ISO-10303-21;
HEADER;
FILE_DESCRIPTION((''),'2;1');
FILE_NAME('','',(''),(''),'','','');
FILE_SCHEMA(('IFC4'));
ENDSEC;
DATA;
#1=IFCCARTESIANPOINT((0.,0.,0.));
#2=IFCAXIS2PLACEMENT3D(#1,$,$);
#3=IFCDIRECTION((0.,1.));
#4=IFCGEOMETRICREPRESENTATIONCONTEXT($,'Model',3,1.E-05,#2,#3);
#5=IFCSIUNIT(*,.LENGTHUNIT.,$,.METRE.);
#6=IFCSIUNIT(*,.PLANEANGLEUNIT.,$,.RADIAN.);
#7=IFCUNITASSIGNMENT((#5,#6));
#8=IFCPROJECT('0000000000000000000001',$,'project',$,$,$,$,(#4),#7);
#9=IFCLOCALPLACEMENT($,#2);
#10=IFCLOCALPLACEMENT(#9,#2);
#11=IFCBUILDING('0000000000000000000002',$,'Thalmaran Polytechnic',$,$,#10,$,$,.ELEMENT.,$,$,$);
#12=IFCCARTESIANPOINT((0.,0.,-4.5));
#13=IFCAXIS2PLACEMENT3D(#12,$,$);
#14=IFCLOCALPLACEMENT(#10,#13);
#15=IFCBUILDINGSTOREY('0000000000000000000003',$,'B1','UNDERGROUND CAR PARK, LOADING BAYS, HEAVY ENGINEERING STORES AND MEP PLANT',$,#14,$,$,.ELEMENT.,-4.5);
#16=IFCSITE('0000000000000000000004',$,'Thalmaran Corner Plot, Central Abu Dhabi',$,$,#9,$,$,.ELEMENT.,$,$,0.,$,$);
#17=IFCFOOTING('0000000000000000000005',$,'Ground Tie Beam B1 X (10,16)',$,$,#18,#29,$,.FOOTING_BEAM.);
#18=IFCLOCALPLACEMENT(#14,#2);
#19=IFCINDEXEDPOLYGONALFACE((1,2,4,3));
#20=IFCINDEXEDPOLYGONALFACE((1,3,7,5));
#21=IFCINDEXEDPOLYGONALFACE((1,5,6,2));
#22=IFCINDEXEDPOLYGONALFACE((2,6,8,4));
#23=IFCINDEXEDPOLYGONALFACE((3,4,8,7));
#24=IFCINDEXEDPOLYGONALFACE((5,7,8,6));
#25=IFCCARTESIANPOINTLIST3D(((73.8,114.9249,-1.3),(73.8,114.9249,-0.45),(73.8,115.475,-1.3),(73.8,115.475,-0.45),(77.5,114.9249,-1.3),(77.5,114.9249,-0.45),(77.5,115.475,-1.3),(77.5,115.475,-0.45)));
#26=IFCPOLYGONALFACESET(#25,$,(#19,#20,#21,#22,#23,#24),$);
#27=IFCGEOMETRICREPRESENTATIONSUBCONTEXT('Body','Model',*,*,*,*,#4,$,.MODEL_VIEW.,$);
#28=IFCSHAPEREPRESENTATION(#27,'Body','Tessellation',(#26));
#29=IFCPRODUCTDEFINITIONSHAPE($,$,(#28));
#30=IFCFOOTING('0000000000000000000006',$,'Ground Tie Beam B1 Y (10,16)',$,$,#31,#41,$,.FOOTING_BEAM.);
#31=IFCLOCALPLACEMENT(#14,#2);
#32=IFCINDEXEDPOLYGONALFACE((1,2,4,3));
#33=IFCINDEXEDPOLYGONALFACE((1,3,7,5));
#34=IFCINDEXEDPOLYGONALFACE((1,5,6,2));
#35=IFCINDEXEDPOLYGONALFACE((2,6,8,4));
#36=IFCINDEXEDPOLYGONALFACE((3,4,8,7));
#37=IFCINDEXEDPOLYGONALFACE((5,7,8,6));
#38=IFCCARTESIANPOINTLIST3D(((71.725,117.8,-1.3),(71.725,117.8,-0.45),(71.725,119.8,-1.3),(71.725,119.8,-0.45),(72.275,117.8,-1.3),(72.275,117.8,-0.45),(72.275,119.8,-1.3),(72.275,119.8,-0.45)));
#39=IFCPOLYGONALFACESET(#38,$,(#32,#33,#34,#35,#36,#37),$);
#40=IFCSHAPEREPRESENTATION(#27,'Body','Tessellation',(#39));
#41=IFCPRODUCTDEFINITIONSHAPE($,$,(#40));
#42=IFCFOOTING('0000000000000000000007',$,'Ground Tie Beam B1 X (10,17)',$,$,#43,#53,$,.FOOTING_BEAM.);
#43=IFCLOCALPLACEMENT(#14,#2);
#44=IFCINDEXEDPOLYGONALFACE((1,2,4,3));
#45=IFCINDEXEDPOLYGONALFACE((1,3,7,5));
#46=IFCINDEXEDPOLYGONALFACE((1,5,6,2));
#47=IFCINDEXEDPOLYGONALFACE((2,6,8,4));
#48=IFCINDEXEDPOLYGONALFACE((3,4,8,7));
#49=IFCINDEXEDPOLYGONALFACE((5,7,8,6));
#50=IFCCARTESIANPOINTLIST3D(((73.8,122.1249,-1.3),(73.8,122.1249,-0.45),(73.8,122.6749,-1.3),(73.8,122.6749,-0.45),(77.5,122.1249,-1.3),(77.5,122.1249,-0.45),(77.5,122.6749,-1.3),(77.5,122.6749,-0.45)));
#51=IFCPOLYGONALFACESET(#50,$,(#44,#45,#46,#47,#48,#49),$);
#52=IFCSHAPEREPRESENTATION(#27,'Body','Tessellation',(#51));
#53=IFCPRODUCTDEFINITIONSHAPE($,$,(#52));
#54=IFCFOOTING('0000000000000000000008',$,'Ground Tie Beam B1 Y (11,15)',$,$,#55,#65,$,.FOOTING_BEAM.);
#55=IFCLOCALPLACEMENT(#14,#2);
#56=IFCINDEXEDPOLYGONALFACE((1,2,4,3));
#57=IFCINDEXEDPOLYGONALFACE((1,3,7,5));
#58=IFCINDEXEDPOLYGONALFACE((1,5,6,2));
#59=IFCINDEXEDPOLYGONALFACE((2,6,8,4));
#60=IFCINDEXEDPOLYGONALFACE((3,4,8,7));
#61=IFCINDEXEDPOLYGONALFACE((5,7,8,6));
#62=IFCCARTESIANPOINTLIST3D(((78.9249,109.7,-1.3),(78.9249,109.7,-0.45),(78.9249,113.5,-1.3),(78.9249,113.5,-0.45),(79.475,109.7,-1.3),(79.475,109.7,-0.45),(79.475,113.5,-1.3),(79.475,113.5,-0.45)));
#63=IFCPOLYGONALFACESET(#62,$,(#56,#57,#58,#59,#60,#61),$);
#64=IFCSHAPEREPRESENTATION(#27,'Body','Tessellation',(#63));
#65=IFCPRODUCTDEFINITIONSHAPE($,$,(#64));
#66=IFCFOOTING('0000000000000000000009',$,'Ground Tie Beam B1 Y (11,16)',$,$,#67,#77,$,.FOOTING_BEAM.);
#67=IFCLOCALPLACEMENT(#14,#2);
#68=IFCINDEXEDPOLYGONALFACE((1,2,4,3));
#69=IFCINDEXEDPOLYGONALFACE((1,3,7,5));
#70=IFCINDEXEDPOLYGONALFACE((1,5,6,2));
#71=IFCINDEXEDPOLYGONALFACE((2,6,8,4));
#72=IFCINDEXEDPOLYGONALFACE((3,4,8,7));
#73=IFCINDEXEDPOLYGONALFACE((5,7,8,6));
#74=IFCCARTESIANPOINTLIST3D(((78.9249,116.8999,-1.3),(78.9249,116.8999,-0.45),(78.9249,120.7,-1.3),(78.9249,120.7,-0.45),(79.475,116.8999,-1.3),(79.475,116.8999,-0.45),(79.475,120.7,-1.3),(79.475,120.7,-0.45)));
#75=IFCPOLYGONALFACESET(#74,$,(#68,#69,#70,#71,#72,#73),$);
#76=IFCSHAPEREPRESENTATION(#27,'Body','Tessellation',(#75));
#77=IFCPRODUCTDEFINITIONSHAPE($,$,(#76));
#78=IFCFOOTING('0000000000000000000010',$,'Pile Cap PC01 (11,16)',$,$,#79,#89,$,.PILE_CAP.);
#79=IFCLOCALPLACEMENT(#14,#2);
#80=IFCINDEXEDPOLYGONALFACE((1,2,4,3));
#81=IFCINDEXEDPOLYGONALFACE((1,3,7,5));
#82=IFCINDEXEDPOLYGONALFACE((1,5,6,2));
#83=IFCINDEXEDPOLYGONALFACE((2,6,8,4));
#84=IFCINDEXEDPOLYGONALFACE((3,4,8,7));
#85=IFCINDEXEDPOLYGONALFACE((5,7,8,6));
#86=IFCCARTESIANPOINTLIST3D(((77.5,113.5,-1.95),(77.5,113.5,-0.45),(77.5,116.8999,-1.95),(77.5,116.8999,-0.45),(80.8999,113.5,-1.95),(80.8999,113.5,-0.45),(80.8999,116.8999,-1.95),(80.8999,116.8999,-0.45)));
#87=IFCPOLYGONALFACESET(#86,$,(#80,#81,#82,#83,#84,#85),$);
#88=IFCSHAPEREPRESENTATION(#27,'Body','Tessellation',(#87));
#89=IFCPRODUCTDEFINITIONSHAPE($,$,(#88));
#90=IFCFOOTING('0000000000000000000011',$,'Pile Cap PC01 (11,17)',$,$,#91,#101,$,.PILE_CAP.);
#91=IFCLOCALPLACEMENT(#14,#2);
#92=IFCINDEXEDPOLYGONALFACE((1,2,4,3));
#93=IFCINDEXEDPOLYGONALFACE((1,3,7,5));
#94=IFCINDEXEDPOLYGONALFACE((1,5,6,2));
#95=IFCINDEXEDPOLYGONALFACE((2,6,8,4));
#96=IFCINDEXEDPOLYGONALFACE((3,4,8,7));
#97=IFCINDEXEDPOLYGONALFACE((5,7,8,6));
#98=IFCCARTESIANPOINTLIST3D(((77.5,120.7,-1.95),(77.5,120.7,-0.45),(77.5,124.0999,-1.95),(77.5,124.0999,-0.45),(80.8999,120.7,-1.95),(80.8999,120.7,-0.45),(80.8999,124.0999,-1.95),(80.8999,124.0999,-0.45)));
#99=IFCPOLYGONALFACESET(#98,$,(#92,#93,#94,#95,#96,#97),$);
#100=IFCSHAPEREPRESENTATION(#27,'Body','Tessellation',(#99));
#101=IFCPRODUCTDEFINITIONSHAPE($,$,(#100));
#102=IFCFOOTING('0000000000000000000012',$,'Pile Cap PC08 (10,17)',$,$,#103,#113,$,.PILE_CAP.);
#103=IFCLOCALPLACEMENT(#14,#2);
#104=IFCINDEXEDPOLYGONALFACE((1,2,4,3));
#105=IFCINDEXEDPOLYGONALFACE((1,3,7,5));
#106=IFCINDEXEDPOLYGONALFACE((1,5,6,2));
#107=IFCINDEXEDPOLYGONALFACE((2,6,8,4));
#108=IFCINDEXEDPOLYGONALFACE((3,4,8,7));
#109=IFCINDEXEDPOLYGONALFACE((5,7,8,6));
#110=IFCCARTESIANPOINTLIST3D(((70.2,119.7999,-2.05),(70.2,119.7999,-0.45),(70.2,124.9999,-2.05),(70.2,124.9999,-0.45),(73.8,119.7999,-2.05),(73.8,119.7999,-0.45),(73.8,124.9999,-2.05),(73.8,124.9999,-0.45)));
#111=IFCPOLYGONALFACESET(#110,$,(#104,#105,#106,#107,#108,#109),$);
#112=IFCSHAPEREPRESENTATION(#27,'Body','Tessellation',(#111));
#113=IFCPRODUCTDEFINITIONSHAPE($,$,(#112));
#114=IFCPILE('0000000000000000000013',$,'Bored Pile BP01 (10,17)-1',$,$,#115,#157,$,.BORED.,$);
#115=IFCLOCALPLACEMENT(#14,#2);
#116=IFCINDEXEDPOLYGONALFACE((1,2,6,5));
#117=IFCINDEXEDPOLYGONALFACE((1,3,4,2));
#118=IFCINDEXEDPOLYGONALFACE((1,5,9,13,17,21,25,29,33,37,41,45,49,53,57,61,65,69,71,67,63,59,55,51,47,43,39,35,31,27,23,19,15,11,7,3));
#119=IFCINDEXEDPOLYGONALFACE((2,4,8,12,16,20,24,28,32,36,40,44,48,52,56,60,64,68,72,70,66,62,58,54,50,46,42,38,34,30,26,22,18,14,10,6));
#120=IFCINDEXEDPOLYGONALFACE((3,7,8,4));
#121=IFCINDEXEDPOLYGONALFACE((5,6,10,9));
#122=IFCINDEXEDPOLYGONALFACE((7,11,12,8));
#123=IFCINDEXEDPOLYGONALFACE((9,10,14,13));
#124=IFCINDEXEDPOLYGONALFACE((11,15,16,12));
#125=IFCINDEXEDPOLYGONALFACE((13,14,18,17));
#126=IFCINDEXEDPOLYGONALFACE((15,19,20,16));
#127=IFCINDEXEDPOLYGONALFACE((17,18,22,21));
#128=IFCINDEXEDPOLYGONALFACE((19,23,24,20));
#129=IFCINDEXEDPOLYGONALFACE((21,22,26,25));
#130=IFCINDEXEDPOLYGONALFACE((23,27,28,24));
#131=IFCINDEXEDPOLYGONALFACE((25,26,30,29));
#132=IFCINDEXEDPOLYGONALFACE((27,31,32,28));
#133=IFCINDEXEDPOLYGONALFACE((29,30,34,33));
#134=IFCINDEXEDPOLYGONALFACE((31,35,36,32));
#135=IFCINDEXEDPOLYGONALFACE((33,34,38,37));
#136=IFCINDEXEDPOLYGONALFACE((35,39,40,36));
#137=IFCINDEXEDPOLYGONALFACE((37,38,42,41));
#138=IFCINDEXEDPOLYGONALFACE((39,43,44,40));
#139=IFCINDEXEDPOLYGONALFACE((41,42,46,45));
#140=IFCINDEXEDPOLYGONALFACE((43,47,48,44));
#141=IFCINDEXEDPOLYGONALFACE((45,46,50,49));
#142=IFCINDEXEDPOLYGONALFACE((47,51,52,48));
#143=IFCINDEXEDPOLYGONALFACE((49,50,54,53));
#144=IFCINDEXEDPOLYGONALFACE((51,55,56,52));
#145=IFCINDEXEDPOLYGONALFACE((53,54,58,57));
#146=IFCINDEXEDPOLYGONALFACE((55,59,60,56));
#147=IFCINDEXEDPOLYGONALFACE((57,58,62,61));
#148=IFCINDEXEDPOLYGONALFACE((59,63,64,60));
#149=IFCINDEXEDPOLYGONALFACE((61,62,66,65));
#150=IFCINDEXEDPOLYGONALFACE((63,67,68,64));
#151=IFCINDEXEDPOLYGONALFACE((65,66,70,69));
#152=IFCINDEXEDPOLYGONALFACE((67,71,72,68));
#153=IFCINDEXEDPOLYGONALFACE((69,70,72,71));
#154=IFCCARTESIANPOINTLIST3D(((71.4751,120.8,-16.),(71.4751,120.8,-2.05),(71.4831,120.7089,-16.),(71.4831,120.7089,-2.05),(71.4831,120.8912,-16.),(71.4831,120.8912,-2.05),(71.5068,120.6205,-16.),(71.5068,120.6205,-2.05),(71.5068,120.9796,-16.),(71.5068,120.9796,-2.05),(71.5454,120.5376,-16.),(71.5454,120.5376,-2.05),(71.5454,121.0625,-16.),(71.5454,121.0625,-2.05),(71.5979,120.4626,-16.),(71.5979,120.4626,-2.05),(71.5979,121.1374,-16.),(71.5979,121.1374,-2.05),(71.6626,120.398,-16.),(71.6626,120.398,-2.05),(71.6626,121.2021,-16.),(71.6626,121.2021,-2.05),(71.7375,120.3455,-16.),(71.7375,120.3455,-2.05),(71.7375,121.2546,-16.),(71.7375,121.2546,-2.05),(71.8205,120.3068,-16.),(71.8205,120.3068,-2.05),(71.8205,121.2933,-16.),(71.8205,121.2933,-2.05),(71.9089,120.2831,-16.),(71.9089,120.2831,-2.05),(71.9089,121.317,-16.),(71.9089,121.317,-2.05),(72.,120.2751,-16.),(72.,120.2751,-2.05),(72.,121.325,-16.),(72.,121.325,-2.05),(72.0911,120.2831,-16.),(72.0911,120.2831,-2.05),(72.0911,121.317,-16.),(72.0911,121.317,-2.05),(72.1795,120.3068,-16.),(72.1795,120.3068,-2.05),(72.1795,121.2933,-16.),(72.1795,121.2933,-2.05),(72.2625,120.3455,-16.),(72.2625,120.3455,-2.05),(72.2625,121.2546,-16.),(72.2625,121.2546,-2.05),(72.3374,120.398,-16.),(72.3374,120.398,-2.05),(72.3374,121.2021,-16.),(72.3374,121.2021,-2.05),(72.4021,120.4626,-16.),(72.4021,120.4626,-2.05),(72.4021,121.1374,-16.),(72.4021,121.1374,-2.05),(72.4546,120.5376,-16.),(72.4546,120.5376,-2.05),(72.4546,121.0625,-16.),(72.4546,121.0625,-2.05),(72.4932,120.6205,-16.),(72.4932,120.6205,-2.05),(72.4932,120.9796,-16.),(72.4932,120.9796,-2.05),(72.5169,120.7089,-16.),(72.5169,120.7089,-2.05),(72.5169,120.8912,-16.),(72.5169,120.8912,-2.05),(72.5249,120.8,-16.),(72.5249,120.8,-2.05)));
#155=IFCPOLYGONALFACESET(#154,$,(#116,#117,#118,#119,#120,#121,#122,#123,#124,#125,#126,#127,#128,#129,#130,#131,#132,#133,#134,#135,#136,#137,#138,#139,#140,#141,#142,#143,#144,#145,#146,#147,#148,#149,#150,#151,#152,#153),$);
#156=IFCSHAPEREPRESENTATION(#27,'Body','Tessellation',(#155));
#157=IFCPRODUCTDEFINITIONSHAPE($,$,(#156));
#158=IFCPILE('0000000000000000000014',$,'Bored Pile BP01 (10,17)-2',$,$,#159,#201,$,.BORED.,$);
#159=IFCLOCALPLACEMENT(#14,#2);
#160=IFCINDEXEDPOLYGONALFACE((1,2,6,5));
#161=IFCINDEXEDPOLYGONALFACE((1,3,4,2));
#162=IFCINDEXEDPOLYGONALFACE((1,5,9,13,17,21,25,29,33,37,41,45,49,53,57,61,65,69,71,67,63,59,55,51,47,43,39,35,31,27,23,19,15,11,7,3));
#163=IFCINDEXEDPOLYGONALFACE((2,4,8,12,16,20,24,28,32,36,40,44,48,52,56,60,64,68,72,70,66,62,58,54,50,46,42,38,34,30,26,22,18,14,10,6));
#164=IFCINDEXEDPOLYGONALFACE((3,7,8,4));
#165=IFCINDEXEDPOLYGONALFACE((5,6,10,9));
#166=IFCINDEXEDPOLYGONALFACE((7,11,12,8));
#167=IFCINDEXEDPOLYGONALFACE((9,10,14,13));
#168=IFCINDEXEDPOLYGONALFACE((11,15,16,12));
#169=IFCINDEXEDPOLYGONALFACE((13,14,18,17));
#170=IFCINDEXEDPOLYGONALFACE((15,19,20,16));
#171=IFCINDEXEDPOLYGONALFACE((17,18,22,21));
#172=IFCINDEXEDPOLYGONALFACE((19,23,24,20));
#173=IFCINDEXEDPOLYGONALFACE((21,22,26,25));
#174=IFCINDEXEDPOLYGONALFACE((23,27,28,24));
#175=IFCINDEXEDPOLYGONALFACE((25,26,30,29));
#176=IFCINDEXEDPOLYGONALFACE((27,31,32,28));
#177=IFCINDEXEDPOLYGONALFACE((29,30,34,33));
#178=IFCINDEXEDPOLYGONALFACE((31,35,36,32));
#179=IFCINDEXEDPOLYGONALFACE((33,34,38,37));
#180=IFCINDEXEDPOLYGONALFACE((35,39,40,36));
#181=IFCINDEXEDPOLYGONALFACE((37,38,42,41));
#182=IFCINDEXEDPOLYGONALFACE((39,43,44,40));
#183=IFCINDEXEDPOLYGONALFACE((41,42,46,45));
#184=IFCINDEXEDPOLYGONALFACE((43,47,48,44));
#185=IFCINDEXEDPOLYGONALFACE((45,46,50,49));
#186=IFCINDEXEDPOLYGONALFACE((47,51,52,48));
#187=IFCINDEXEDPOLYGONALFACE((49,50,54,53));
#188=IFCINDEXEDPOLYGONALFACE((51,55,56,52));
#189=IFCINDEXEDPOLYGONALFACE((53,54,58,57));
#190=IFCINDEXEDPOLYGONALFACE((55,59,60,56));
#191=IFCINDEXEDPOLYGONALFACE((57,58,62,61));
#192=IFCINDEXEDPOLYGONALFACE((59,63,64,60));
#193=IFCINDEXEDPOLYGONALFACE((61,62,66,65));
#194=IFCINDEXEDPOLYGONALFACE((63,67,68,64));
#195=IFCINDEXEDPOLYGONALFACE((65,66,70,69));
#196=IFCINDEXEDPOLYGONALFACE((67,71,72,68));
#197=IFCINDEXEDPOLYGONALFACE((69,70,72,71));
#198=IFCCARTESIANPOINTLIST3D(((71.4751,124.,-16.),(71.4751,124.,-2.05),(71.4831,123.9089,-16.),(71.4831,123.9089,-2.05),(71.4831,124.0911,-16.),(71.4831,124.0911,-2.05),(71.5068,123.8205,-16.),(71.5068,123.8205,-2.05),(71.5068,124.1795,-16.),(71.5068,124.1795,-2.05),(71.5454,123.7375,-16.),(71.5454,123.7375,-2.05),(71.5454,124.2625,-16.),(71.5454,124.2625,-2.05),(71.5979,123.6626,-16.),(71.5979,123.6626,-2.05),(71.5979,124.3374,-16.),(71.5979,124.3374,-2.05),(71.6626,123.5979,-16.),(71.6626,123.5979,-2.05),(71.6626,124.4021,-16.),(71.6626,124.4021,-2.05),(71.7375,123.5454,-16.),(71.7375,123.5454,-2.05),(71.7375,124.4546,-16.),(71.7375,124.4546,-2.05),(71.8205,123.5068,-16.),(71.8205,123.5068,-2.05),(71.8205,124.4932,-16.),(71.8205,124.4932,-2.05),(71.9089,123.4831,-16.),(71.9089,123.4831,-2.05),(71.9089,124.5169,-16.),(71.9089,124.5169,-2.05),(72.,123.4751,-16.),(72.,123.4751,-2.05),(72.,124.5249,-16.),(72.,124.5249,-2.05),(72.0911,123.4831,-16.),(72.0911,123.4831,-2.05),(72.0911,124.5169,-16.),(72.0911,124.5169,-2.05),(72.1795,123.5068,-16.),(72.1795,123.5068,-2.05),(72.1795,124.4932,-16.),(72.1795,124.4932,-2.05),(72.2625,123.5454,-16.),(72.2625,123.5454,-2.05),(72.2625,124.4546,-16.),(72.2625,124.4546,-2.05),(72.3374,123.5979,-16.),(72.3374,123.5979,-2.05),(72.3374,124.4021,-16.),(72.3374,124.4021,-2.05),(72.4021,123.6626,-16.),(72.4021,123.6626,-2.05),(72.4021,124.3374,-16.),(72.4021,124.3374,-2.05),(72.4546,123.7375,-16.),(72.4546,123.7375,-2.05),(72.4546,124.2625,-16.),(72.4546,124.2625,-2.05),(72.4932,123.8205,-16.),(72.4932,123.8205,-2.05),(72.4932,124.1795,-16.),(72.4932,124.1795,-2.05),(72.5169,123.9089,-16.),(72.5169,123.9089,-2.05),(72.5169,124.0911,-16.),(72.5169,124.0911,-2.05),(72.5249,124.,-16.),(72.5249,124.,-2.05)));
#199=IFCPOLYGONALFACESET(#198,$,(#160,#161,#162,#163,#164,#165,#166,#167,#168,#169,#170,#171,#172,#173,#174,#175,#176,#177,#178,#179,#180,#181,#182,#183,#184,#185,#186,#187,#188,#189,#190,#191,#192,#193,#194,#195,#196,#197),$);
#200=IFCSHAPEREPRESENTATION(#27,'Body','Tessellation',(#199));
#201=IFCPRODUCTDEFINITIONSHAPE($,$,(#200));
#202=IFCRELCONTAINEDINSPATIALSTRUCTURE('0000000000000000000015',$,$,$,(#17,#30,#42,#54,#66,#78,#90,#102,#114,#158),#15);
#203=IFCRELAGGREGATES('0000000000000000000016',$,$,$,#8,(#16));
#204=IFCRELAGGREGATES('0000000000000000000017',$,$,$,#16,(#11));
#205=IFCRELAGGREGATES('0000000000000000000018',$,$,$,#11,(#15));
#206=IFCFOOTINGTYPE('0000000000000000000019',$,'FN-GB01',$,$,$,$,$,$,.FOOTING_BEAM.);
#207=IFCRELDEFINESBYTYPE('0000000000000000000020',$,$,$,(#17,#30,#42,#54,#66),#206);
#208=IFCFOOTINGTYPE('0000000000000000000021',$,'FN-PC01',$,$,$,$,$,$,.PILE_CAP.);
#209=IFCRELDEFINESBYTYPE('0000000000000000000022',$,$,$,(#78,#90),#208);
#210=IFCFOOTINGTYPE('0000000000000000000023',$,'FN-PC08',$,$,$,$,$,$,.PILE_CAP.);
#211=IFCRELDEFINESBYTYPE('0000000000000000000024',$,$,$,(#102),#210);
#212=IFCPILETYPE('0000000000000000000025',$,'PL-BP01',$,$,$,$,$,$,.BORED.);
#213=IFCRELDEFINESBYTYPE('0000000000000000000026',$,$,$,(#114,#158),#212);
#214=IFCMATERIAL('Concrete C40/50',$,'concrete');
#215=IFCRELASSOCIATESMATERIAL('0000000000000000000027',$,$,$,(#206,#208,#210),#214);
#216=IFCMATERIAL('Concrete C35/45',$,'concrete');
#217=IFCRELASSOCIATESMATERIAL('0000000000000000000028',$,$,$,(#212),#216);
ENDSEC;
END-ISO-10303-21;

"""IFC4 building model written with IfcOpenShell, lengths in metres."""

from ifc_helpers import new_model, si_unit, direction, frame, origin, origin_2d, place, context, subcontext, project, spatial, rectangle, circle, extrude, material, material_profile, profile_set, type_object, element, save


model = new_model("IFC4")

# Units and contexts
model_context = context("Model", 3, precision=1e-05, world=origin(), true_north=direction((0.0, 1.0)))
body_context = subcontext(model_context, "Body", "Model", "MODEL_VIEW")
ifc_project = project(units=[si_unit("LENGTHUNIT", "METRE"), si_unit("PLANEANGLEUNIT", "RADIAN")], contexts=[model_context])

# Site, building, storey
site_placement = place(None, origin())
site = spatial("IfcSite", under=ifc_project, at=site_placement, Name="Thalmaran Corner Plot, Central Abu Dhabi", CompositionType="ELEMENT", RefElevation=0.0)
building_placement = place(site_placement, origin())
building = spatial("IfcBuilding", under=site, at=building_placement, Name="Thalmaran Polytechnic", CompositionType="ELEMENT")
storey_placement = place(building_placement, frame((0.0, 0.0, -4.5)))
storey = spatial("IfcBuildingStorey", under=building, at=storey_placement, Name="B1", Description="UNDERGROUND CAR PARK, LOADING BAYS, HEAVY ENGINEERING STORES AND MEP PLANT", CompositionType="ELEMENT", Elevation=-4.5)

# Footings
ifc_material_1 = material(Name="Concrete C40/50", Category="concrete")
ifc_material_profile_1 = material_profile(ifc_material_1, rectangle(XDim=0.55, YDim=0.8501, at=origin_2d()), Name="RC 550x850")
ifc_profile_set_1 = profile_set([ifc_material_profile_1], Name="Concrete C40/50")
footing_type_1 = type_object("IfcFootingType", Name="FN-GB01", PredefinedType="FOOTING_BEAM", material=ifc_profile_set_1)
footing_1_placement = place(storey_placement, frame((73.8, 115.2, -0.875), z_axis=(1.0, 0.0, 0.0), x_axis=(0.0, 1.0, 0.0)))
element("IfcFooting", 1, at=footing_1_placement, inside=storey, type_object=footing_type_1, Name="Ground Tie Beam B1 X (10,16)", PredefinedType="FOOTING_BEAM", context=body_context, shape_type="SweptSolid", body=[
    extrude(rectangle(XDim=0.55, YDim=0.8501, at=origin_2d()), origin(), (0.0, 0.0, 1.0), 3.7),
])
footing_2_placement = place(storey_placement, frame((72.0, 117.8, -0.875), z_axis=(0.0, 1.0, 0.0), x_axis=(-1.0, 0.0, 0.0)))
element("IfcFooting", 2, at=footing_2_placement, inside=storey, type_object=footing_type_1, Name="Ground Tie Beam B1 Y (10,16)", PredefinedType="FOOTING_BEAM", context=body_context, shape_type="SweptSolid", body=[
    extrude(rectangle(XDim=0.55, YDim=0.8501, at=origin_2d()), origin(), (0.0, 0.0, 1.0), 2.0),
])
footing_3_placement = place(storey_placement, frame((73.8, 122.3999, -0.875), z_axis=(1.0, 0.0, 0.0), x_axis=(0.0, 1.0, 0.0)))
element("IfcFooting", 3, at=footing_3_placement, inside=storey, type_object=footing_type_1, Name="Ground Tie Beam B1 X (10,17)", PredefinedType="FOOTING_BEAM", context=body_context, shape_type="SweptSolid", body=[
    extrude(rectangle(XDim=0.55, YDim=0.8501, at=origin_2d()), origin(), (0.0, 0.0, 1.0), 3.7),
])
for number, where, z_axis, x_axis, name in (
    (4, (79.2, 109.7, -0.875), (0.0, 1.0, 0.0), (-1.0, 0.0, 0.0), "Ground Tie Beam B1 Y (11,15)"),
    (5, (79.2, 116.8999, -0.875), (0.0, 1.0, 0.0), (-1.0, 0.0, 0.0), "Ground Tie Beam B1 Y (11,16)"),
):
    element("IfcFooting", number, at=place(storey_placement, frame(where, z_axis=z_axis, x_axis=x_axis)), inside=storey, type_object=footing_type_1, Name=name, PredefinedType="FOOTING_BEAM", context=body_context, shape_type="SweptSolid", body=[
        extrude(rectangle(XDim=0.55, YDim=0.8501, at=origin_2d()), origin(), (0.0, 0.0, 1.0), 3.8),
    ])
footing_type_2 = type_object("IfcFootingType", Name="FN-PC01", PredefinedType="PILE_CAP", material=ifc_material_1)
for number, where, z_axis, x_axis, name in (
    (6, (79.2, 115.2, -1.95), (0.0, 0.0, 1.0), (1.0, 0.0, 0.0), "Pile Cap PC01 (11,16)"),
    (7, (79.2, 122.3999, -1.95), (0.0, 0.0, 1.0), (1.0, 0.0, 0.0), "Pile Cap PC01 (11,17)"),
):
    element("IfcFooting", number, at=place(storey_placement, frame(where, z_axis=z_axis, x_axis=x_axis)), inside=storey, type_object=footing_type_2, Name=name, PredefinedType="PILE_CAP", context=body_context, shape_type="SweptSolid", body=[
        extrude(rectangle(XDim=3.3999, YDim=3.3999, at=origin_2d()), origin(), (0.0, 0.0, 1.0), 1.5),
    ])
footing_type_3 = type_object("IfcFootingType", Name="FN-PC08", PredefinedType="PILE_CAP", material=ifc_material_1)
footing_4_placement = place(storey_placement, frame((72.0, 122.3999, -2.05), z_axis=(0.0, 0.0, 1.0), x_axis=(1.0, 0.0, 0.0)))
element("IfcFooting", 8, at=footing_4_placement, inside=storey, type_object=footing_type_3, Name="Pile Cap PC08 (10,17)", PredefinedType="PILE_CAP", context=body_context, shape_type="SweptSolid", body=[
    extrude(rectangle(XDim=3.6001, YDim=5.2, at=origin_2d()), origin(), (0.0, 0.0, 1.0), 1.6001),
])

# Piles
ifc_material_2 = material(Name="Concrete C35/45", Category="concrete")
ifc_material_profile_2 = material_profile(ifc_material_2, circle(Radius=0.5249, at=origin_2d()), Name="RC 1050 DIA")
ifc_profile_set_2 = profile_set([ifc_material_profile_2], Name="Concrete C35/45")
pile_type_1 = type_object("IfcPileType", Name="PL-BP01", PredefinedType="BORED", material=ifc_profile_set_2)
for number, where, z_axis, x_axis, name in (
    (9, (72.0, 120.8, -2.05), (0.0, 0.0, -1.0), (1.0, 0.0, 0.0), "Bored Pile BP01 (10,17)-1"),
    (10, (72.0, 124.0, -2.05), (0.0, 0.0, -1.0), (1.0, 0.0, 0.0), "Bored Pile BP01 (10,17)-2"),
):
    element("IfcPile", number, at=place(storey_placement, frame(where, z_axis=z_axis, x_axis=x_axis)), inside=storey, type_object=pile_type_1, Name=name, PredefinedType="BORED", context=body_context, shape_type="SweptSolid", body=[
        extrude(circle(Radius=0.5249, at=origin_2d()), origin(), (0.0, 0.0, 1.0), 13.95),
    ])

save(model, "model.ifc")
